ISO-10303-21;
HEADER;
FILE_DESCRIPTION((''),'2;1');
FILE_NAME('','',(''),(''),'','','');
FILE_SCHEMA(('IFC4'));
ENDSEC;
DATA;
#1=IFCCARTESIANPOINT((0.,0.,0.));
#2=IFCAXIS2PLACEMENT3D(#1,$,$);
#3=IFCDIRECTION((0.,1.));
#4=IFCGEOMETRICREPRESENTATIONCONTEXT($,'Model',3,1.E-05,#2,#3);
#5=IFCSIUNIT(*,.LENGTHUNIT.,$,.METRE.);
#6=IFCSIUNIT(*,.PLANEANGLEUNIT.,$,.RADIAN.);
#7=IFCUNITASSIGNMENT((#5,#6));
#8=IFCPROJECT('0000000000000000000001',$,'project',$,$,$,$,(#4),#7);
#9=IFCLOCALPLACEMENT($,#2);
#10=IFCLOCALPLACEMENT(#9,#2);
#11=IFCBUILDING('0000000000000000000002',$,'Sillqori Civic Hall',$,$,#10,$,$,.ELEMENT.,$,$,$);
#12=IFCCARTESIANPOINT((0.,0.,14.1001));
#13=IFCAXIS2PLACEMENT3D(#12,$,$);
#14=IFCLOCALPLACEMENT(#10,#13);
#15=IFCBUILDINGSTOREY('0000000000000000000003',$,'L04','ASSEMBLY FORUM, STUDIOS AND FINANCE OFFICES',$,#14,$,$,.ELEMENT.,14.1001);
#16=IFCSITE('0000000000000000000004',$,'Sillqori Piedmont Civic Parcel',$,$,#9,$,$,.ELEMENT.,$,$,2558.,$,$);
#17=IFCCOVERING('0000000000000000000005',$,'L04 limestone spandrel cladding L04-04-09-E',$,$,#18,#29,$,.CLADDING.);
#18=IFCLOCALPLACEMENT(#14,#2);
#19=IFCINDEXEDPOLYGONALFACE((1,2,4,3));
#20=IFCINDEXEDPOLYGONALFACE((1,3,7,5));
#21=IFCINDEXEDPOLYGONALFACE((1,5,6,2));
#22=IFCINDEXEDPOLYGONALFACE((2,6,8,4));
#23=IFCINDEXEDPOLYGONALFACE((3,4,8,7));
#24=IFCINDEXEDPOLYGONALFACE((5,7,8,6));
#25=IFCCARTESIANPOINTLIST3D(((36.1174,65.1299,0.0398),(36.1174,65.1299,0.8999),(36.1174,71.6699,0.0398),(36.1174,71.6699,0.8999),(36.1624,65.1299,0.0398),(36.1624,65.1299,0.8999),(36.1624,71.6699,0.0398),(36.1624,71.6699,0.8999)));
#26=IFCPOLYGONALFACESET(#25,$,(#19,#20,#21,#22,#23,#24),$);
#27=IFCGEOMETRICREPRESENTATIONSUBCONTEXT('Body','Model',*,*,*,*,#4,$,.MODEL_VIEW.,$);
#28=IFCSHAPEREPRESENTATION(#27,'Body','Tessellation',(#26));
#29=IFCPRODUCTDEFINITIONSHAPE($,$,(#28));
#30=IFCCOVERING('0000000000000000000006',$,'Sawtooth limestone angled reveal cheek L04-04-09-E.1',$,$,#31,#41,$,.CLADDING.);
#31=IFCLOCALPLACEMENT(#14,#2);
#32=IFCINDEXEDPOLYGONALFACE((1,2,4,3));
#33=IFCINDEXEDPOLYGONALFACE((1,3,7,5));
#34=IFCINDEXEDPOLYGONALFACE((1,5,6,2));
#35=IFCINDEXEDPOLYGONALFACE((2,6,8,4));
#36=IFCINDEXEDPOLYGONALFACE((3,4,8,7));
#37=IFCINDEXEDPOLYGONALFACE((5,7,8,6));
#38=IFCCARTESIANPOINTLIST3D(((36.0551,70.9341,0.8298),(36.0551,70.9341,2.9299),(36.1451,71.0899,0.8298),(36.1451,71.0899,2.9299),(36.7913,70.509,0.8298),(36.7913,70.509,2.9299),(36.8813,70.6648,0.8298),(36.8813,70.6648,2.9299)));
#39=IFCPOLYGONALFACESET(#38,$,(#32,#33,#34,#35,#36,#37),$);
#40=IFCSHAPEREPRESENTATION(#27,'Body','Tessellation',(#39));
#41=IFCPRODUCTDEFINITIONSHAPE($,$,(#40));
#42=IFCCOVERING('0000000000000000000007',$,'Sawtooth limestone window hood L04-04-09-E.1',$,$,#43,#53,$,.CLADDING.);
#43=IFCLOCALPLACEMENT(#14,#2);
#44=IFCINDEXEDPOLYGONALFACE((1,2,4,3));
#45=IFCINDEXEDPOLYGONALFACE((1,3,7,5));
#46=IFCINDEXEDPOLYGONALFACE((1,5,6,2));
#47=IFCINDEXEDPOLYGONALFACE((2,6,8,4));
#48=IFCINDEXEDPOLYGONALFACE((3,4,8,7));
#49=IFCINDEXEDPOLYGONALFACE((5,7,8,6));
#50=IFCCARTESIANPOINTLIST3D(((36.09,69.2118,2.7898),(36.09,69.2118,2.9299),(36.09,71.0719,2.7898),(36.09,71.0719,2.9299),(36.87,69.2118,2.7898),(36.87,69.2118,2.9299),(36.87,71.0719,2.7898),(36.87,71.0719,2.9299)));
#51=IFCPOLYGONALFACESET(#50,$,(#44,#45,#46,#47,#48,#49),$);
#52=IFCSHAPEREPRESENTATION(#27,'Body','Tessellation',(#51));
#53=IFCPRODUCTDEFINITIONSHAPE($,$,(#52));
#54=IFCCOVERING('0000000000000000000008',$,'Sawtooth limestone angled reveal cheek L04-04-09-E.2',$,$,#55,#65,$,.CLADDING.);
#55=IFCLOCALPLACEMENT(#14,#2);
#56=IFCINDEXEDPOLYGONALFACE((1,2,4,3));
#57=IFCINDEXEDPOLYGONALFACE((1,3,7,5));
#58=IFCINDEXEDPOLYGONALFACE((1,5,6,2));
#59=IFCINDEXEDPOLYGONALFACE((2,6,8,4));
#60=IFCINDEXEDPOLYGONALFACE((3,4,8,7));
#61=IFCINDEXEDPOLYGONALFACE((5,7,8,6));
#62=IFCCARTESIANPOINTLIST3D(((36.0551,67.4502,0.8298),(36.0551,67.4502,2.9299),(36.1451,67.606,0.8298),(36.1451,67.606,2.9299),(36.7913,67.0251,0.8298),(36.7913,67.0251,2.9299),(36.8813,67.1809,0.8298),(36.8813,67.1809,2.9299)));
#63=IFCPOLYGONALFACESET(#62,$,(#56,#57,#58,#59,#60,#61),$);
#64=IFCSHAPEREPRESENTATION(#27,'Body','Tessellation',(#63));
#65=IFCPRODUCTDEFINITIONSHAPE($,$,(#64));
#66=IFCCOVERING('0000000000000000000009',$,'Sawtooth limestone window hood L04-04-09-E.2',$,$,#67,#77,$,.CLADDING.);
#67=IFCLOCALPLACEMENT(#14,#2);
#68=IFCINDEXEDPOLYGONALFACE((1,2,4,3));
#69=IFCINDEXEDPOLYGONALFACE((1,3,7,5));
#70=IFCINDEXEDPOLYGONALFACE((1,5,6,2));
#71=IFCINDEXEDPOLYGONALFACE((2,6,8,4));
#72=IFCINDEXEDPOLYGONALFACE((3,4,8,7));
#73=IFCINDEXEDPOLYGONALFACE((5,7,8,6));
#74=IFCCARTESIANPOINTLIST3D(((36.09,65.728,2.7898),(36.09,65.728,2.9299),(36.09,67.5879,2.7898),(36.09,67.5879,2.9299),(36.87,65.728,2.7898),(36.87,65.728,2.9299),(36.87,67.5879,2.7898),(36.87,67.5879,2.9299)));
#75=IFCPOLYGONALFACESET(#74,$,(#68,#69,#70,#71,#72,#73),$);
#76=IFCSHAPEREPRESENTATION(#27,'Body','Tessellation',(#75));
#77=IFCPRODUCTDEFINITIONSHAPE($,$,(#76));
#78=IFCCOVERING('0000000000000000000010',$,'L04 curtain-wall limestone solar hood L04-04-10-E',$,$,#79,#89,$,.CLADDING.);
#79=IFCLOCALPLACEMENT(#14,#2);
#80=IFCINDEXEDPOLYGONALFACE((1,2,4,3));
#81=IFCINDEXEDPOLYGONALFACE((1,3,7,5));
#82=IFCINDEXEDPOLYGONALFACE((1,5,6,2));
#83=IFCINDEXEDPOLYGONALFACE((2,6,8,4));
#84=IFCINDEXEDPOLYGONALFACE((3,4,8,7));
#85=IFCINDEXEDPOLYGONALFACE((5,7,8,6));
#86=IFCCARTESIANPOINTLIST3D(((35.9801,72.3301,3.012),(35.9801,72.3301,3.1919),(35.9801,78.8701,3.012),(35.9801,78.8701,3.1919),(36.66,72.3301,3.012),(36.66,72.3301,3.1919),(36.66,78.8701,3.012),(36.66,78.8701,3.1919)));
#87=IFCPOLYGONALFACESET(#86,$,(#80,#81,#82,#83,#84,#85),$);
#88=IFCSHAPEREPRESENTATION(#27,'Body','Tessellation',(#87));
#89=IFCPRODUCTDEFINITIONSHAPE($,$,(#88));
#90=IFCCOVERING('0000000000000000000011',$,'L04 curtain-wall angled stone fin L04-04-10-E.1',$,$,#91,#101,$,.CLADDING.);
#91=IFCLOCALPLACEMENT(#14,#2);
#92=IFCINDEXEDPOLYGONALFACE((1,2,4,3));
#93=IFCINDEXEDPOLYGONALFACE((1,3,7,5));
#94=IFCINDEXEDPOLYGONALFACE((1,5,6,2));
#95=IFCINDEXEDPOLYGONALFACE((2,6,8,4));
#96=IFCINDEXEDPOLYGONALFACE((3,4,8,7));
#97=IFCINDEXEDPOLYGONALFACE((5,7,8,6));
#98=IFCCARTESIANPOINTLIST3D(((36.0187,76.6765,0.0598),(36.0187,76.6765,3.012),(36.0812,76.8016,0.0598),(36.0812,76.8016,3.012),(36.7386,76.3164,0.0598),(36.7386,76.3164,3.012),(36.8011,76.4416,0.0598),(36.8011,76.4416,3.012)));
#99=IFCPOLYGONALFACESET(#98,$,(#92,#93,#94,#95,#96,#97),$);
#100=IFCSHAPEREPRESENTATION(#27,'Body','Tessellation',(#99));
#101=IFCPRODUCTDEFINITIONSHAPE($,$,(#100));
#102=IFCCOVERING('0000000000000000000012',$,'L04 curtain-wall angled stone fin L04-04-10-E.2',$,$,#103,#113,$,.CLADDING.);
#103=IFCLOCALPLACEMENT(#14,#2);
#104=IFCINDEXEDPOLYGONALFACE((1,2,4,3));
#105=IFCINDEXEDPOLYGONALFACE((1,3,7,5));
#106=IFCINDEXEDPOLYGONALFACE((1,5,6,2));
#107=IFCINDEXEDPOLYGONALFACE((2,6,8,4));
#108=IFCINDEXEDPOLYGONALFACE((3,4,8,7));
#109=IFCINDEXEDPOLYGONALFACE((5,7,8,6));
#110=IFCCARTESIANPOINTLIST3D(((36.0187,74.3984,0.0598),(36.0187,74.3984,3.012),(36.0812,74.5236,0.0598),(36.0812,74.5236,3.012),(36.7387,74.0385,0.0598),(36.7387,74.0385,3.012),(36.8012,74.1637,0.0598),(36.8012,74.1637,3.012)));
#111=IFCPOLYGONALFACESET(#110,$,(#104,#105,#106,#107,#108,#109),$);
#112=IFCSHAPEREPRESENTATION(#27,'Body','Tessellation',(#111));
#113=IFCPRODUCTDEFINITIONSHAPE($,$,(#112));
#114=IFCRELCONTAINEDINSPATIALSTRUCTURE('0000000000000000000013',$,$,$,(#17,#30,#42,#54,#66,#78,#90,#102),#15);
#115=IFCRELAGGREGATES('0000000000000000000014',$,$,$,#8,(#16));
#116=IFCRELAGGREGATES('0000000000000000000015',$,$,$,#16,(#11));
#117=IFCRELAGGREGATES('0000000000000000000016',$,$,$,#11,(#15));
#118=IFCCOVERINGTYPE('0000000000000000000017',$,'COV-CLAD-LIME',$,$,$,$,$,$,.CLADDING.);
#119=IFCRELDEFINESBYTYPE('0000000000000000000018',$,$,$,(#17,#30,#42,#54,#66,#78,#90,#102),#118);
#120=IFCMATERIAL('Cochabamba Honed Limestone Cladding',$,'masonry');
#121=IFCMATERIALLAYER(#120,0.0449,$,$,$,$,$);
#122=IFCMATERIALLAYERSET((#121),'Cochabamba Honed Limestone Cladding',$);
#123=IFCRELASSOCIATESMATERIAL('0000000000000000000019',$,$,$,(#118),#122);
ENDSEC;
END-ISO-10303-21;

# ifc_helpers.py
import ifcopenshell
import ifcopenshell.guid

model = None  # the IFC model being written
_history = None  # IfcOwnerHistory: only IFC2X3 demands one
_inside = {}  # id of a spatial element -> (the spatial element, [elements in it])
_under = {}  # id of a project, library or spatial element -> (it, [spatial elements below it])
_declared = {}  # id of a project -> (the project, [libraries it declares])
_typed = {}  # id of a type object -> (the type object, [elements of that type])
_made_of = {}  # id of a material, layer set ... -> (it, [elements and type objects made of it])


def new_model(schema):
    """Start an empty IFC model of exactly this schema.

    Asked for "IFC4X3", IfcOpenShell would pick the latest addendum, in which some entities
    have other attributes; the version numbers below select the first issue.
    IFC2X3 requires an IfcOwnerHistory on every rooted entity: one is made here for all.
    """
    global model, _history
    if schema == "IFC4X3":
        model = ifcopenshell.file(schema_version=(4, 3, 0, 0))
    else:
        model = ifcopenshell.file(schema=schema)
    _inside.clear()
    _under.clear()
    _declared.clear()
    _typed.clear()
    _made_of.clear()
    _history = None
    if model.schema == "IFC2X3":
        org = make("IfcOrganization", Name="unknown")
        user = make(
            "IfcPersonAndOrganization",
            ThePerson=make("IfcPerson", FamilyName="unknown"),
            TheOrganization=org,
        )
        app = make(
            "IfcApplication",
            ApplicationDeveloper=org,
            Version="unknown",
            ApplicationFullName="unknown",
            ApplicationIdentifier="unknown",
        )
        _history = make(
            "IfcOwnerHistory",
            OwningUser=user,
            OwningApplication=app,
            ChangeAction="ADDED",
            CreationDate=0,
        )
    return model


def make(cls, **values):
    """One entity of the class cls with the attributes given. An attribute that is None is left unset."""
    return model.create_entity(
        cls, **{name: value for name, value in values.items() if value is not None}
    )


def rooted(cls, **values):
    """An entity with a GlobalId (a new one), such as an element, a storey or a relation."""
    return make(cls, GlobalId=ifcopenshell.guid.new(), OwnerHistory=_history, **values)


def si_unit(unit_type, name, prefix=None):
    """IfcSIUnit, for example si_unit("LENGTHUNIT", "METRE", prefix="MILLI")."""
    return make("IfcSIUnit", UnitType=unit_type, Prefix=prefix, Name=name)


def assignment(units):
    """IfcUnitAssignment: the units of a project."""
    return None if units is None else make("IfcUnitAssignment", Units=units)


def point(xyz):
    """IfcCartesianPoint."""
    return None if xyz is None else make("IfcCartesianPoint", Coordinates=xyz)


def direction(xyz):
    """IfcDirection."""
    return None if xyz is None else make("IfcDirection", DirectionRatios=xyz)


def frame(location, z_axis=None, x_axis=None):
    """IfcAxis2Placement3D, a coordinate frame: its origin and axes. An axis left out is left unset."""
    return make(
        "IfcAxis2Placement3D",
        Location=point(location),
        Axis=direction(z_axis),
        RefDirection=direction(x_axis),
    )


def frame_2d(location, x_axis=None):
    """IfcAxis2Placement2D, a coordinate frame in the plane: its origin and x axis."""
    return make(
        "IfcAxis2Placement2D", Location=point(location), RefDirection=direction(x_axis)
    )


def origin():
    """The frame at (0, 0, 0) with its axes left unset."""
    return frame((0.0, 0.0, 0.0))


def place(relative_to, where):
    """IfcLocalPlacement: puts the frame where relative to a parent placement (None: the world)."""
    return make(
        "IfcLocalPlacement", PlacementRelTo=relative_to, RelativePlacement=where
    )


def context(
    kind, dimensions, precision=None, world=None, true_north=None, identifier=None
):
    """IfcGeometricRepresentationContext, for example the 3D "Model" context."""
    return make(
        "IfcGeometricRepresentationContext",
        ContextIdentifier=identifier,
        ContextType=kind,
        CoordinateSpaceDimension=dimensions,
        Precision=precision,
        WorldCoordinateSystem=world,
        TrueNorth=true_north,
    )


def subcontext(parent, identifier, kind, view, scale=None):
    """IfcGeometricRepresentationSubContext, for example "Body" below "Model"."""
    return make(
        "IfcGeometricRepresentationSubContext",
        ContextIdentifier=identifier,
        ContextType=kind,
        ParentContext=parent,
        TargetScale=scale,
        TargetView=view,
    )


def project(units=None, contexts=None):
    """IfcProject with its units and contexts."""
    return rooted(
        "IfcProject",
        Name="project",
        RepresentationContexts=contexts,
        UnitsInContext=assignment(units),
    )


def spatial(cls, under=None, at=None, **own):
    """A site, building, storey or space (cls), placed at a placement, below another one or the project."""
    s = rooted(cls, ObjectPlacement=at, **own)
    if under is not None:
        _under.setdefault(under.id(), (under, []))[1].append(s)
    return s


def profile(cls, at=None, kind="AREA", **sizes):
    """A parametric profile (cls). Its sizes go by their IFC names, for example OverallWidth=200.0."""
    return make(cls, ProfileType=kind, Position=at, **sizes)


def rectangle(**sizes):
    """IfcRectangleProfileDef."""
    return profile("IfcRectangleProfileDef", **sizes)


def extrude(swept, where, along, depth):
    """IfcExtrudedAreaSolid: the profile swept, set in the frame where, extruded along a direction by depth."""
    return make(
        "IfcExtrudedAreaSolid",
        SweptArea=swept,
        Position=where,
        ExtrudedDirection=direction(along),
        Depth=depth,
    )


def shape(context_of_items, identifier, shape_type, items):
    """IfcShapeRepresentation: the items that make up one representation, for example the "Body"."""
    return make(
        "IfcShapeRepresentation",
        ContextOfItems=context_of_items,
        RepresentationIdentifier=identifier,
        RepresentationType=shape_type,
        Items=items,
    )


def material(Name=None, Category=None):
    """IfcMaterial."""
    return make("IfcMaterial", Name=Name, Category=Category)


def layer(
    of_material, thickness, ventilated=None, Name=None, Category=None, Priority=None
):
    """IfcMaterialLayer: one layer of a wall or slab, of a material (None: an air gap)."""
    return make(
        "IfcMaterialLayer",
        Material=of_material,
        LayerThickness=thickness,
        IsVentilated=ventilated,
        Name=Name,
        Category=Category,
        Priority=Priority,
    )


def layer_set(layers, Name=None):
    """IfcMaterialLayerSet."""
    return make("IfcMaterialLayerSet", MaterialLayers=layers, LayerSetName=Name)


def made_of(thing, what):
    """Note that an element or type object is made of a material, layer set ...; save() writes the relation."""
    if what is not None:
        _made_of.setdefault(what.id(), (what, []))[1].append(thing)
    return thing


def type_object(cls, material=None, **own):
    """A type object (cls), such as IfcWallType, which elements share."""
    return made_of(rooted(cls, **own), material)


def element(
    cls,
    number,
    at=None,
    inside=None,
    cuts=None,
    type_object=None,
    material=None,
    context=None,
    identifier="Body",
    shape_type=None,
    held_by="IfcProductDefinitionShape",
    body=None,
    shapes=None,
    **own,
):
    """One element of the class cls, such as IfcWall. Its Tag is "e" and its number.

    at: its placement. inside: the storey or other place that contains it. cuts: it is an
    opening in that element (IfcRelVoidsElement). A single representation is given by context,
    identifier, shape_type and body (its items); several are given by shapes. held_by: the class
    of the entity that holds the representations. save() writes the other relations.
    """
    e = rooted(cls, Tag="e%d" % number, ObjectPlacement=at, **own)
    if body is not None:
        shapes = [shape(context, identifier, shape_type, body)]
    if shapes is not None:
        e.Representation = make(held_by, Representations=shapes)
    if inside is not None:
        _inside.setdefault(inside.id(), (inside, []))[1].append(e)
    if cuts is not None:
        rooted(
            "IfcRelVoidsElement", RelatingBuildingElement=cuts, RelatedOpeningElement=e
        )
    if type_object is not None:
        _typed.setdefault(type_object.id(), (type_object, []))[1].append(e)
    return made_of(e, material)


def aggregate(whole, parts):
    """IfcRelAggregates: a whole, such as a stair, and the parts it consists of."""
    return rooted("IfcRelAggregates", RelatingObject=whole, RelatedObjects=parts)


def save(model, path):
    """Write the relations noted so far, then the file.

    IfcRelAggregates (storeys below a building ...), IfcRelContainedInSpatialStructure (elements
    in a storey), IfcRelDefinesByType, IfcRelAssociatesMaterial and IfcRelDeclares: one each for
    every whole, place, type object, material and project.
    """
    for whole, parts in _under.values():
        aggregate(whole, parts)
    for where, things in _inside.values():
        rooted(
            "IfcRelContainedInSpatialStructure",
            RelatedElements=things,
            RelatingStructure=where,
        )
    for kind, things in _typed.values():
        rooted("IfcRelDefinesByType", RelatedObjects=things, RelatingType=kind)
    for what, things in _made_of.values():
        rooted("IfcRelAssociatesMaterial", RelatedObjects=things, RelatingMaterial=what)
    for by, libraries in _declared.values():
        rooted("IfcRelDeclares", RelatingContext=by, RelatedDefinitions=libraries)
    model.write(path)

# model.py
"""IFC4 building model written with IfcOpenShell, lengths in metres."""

from ifc_helpers import new_model, si_unit, direction, frame, frame_2d, origin, place, context, subcontext, project, spatial, rectangle, extrude, material, layer, layer_set, type_object, element, save


model = new_model("IFC4")

# Units and contexts
model_context = context("Model", 3, precision=1e-05, world=origin(), true_north=direction((0.0, 1.0)))
body_context = subcontext(model_context, "Body", "Model", "MODEL_VIEW")
ifc_project = project(units=[si_unit("LENGTHUNIT", "METRE"), si_unit("PLANEANGLEUNIT", "RADIAN")], contexts=[model_context])

# Site, building, storey
site_placement = place(None, origin())
site = spatial("IfcSite", under=ifc_project, at=site_placement, Name="Sillqori Piedmont Civic Parcel", CompositionType="ELEMENT", RefElevation=2558.0)
building_placement = place(site_placement, origin())
building = spatial("IfcBuilding", under=site, at=building_placement, Name="Sillqori Civic Hall", CompositionType="ELEMENT")
storey_placement = place(building_placement, frame((0.0, 0.0, 14.1001)))
storey = spatial("IfcBuildingStorey", under=building, at=storey_placement, Name="L04", Description="ASSEMBLY FORUM, STUDIOS AND FINANCE OFFICES", CompositionType="ELEMENT", Elevation=14.1001)

# Coverings
ifc_material_1 = material(Name="Cochabamba Honed Limestone Cladding", Category="masonry")
ifc_layer_1 = layer(ifc_material_1, 0.0449)
ifc_layer_set_1 = layer_set([ifc_layer_1], Name="Cochabamba Honed Limestone Cladding")
covering_type = type_object("IfcCoveringType", Name="COV-CLAD-LIME", PredefinedType="CLADDING", material=ifc_layer_set_1)
covering_1_placement = place(storey_placement, frame((36.1399, 71.6699, 0.0398), z_axis=(0.0, 0.0, 1.0), x_axis=(0.0, -1.0, 0.0)))
element("IfcCovering", 1, at=covering_1_placement, inside=storey, type_object=covering_type, Name="L04 limestone spandrel cladding L04-04-09-E", PredefinedType="CLADDING", context=body_context, shape_type="SweptSolid", body=[
    extrude(rectangle(XDim=6.54, YDim=0.0449, at=frame_2d((3.27, 0.0))), origin(), (0.0, 0.0, 1.0), 0.8601),
])
covering_2_placement = place(storey_placement, frame((36.1001, 71.012, 0.8298), z_axis=(0.0, 0.0, 1.0), x_axis=(0.865989, -0.500062, 0.0)))
element("IfcCovering", 2, at=covering_2_placement, inside=storey, type_object=covering_type, Name="Sawtooth limestone angled reveal cheek L04-04-09-E.1", PredefinedType="CLADDING", context=body_context, shape_type="SweptSolid", body=[
    extrude(rectangle(XDim=0.8501, YDim=0.1799, at=frame_2d((0.425, 0.0))), origin(), (0.0, 0.0, 1.0), 2.1001),
])
covering_3_placement = place(storey_placement, frame((36.48, 71.072, 2.7898), z_axis=(0.0, 0.0, 1.0), x_axis=(0.0, -1.0, 0.0)))
element("IfcCovering", 3, at=covering_3_placement, inside=storey, type_object=covering_type, Name="Sawtooth limestone window hood L04-04-09-E.1", PredefinedType="CLADDING", context=body_context, shape_type="SweptSolid", body=[
    extrude(rectangle(XDim=1.8601, YDim=0.78, at=frame_2d((0.9302, 0.0))), origin(), (0.0, 0.0, 1.0), 0.1401),
])
covering_4_placement = place(storey_placement, frame((36.1001, 67.5281, 0.8298), z_axis=(0.0, 0.0, 1.0), x_axis=(0.865989, -0.500062, 0.0)))
element("IfcCovering", 4, at=covering_4_placement, inside=storey, type_object=covering_type, Name="Sawtooth limestone angled reveal cheek L04-04-09-E.2", PredefinedType="CLADDING", context=body_context, shape_type="SweptSolid", body=[
    extrude(rectangle(XDim=0.8501, YDim=0.1799, at=frame_2d((0.425, 0.0))), origin(), (0.0, 0.0, 1.0), 2.1001),
])
covering_5_placement = place(storey_placement, frame((36.48, 67.5879, 2.7898), z_axis=(0.0, 0.0, 1.0), x_axis=(0.0, -1.0, 0.0)))
element("IfcCovering", 5, at=covering_5_placement, inside=storey, type_object=covering_type, Name="Sawtooth limestone window hood L04-04-09-E.2", PredefinedType="CLADDING", context=body_context, shape_type="SweptSolid", body=[
    extrude(rectangle(XDim=1.8599, YDim=0.78, at=frame_2d((0.9299, 0.0))), origin(), (0.0, 0.0, 1.0), 0.1401),
])
covering_6_placement = place(storey_placement, frame((36.3201, 78.8701, 3.012), z_axis=(0.0, 0.0, 1.0), x_axis=(0.0, -1.0, 0.0)))
element("IfcCovering", 6, at=covering_6_placement, inside=storey, type_object=covering_type, Name="L04 curtain-wall limestone solar hood L04-04-10-E", PredefinedType="CLADDING", context=body_context, shape_type="SweptSolid", body=[
    extrude(rectangle(XDim=6.54, YDim=0.6799, at=frame_2d((3.27, 0.0))), origin(), (0.0, 0.0, 1.0), 0.1799),
])
for number, where, z_axis, x_axis, name in (
    (7, (36.05, 76.739, 0.0598), (0.0, 0.0, 1.0), (0.894367, -0.447335, 0.0), "L04 curtain-wall angled stone fin L04-04-10-E.1"),
    (8, (36.05, 74.4609, 0.0598), (0.0, 0.0, 1.0), (0.894488, -0.447092, 0.0), "L04 curtain-wall angled stone fin L04-04-10-E.2"),
):
    element("IfcCovering", number, at=place(storey_placement, frame(where, z_axis=z_axis, x_axis=x_axis)), inside=storey, type_object=covering_type, Name=name, PredefinedType="CLADDING", context=body_context, shape_type="SweptSolid", body=[
        extrude(rectangle(XDim=0.8049, YDim=0.1399, at=frame_2d((0.4023, 0.0))), origin(), (0.0, 0.0, 1.0), 2.9521),
    ])

save(model, "model.ifc")
